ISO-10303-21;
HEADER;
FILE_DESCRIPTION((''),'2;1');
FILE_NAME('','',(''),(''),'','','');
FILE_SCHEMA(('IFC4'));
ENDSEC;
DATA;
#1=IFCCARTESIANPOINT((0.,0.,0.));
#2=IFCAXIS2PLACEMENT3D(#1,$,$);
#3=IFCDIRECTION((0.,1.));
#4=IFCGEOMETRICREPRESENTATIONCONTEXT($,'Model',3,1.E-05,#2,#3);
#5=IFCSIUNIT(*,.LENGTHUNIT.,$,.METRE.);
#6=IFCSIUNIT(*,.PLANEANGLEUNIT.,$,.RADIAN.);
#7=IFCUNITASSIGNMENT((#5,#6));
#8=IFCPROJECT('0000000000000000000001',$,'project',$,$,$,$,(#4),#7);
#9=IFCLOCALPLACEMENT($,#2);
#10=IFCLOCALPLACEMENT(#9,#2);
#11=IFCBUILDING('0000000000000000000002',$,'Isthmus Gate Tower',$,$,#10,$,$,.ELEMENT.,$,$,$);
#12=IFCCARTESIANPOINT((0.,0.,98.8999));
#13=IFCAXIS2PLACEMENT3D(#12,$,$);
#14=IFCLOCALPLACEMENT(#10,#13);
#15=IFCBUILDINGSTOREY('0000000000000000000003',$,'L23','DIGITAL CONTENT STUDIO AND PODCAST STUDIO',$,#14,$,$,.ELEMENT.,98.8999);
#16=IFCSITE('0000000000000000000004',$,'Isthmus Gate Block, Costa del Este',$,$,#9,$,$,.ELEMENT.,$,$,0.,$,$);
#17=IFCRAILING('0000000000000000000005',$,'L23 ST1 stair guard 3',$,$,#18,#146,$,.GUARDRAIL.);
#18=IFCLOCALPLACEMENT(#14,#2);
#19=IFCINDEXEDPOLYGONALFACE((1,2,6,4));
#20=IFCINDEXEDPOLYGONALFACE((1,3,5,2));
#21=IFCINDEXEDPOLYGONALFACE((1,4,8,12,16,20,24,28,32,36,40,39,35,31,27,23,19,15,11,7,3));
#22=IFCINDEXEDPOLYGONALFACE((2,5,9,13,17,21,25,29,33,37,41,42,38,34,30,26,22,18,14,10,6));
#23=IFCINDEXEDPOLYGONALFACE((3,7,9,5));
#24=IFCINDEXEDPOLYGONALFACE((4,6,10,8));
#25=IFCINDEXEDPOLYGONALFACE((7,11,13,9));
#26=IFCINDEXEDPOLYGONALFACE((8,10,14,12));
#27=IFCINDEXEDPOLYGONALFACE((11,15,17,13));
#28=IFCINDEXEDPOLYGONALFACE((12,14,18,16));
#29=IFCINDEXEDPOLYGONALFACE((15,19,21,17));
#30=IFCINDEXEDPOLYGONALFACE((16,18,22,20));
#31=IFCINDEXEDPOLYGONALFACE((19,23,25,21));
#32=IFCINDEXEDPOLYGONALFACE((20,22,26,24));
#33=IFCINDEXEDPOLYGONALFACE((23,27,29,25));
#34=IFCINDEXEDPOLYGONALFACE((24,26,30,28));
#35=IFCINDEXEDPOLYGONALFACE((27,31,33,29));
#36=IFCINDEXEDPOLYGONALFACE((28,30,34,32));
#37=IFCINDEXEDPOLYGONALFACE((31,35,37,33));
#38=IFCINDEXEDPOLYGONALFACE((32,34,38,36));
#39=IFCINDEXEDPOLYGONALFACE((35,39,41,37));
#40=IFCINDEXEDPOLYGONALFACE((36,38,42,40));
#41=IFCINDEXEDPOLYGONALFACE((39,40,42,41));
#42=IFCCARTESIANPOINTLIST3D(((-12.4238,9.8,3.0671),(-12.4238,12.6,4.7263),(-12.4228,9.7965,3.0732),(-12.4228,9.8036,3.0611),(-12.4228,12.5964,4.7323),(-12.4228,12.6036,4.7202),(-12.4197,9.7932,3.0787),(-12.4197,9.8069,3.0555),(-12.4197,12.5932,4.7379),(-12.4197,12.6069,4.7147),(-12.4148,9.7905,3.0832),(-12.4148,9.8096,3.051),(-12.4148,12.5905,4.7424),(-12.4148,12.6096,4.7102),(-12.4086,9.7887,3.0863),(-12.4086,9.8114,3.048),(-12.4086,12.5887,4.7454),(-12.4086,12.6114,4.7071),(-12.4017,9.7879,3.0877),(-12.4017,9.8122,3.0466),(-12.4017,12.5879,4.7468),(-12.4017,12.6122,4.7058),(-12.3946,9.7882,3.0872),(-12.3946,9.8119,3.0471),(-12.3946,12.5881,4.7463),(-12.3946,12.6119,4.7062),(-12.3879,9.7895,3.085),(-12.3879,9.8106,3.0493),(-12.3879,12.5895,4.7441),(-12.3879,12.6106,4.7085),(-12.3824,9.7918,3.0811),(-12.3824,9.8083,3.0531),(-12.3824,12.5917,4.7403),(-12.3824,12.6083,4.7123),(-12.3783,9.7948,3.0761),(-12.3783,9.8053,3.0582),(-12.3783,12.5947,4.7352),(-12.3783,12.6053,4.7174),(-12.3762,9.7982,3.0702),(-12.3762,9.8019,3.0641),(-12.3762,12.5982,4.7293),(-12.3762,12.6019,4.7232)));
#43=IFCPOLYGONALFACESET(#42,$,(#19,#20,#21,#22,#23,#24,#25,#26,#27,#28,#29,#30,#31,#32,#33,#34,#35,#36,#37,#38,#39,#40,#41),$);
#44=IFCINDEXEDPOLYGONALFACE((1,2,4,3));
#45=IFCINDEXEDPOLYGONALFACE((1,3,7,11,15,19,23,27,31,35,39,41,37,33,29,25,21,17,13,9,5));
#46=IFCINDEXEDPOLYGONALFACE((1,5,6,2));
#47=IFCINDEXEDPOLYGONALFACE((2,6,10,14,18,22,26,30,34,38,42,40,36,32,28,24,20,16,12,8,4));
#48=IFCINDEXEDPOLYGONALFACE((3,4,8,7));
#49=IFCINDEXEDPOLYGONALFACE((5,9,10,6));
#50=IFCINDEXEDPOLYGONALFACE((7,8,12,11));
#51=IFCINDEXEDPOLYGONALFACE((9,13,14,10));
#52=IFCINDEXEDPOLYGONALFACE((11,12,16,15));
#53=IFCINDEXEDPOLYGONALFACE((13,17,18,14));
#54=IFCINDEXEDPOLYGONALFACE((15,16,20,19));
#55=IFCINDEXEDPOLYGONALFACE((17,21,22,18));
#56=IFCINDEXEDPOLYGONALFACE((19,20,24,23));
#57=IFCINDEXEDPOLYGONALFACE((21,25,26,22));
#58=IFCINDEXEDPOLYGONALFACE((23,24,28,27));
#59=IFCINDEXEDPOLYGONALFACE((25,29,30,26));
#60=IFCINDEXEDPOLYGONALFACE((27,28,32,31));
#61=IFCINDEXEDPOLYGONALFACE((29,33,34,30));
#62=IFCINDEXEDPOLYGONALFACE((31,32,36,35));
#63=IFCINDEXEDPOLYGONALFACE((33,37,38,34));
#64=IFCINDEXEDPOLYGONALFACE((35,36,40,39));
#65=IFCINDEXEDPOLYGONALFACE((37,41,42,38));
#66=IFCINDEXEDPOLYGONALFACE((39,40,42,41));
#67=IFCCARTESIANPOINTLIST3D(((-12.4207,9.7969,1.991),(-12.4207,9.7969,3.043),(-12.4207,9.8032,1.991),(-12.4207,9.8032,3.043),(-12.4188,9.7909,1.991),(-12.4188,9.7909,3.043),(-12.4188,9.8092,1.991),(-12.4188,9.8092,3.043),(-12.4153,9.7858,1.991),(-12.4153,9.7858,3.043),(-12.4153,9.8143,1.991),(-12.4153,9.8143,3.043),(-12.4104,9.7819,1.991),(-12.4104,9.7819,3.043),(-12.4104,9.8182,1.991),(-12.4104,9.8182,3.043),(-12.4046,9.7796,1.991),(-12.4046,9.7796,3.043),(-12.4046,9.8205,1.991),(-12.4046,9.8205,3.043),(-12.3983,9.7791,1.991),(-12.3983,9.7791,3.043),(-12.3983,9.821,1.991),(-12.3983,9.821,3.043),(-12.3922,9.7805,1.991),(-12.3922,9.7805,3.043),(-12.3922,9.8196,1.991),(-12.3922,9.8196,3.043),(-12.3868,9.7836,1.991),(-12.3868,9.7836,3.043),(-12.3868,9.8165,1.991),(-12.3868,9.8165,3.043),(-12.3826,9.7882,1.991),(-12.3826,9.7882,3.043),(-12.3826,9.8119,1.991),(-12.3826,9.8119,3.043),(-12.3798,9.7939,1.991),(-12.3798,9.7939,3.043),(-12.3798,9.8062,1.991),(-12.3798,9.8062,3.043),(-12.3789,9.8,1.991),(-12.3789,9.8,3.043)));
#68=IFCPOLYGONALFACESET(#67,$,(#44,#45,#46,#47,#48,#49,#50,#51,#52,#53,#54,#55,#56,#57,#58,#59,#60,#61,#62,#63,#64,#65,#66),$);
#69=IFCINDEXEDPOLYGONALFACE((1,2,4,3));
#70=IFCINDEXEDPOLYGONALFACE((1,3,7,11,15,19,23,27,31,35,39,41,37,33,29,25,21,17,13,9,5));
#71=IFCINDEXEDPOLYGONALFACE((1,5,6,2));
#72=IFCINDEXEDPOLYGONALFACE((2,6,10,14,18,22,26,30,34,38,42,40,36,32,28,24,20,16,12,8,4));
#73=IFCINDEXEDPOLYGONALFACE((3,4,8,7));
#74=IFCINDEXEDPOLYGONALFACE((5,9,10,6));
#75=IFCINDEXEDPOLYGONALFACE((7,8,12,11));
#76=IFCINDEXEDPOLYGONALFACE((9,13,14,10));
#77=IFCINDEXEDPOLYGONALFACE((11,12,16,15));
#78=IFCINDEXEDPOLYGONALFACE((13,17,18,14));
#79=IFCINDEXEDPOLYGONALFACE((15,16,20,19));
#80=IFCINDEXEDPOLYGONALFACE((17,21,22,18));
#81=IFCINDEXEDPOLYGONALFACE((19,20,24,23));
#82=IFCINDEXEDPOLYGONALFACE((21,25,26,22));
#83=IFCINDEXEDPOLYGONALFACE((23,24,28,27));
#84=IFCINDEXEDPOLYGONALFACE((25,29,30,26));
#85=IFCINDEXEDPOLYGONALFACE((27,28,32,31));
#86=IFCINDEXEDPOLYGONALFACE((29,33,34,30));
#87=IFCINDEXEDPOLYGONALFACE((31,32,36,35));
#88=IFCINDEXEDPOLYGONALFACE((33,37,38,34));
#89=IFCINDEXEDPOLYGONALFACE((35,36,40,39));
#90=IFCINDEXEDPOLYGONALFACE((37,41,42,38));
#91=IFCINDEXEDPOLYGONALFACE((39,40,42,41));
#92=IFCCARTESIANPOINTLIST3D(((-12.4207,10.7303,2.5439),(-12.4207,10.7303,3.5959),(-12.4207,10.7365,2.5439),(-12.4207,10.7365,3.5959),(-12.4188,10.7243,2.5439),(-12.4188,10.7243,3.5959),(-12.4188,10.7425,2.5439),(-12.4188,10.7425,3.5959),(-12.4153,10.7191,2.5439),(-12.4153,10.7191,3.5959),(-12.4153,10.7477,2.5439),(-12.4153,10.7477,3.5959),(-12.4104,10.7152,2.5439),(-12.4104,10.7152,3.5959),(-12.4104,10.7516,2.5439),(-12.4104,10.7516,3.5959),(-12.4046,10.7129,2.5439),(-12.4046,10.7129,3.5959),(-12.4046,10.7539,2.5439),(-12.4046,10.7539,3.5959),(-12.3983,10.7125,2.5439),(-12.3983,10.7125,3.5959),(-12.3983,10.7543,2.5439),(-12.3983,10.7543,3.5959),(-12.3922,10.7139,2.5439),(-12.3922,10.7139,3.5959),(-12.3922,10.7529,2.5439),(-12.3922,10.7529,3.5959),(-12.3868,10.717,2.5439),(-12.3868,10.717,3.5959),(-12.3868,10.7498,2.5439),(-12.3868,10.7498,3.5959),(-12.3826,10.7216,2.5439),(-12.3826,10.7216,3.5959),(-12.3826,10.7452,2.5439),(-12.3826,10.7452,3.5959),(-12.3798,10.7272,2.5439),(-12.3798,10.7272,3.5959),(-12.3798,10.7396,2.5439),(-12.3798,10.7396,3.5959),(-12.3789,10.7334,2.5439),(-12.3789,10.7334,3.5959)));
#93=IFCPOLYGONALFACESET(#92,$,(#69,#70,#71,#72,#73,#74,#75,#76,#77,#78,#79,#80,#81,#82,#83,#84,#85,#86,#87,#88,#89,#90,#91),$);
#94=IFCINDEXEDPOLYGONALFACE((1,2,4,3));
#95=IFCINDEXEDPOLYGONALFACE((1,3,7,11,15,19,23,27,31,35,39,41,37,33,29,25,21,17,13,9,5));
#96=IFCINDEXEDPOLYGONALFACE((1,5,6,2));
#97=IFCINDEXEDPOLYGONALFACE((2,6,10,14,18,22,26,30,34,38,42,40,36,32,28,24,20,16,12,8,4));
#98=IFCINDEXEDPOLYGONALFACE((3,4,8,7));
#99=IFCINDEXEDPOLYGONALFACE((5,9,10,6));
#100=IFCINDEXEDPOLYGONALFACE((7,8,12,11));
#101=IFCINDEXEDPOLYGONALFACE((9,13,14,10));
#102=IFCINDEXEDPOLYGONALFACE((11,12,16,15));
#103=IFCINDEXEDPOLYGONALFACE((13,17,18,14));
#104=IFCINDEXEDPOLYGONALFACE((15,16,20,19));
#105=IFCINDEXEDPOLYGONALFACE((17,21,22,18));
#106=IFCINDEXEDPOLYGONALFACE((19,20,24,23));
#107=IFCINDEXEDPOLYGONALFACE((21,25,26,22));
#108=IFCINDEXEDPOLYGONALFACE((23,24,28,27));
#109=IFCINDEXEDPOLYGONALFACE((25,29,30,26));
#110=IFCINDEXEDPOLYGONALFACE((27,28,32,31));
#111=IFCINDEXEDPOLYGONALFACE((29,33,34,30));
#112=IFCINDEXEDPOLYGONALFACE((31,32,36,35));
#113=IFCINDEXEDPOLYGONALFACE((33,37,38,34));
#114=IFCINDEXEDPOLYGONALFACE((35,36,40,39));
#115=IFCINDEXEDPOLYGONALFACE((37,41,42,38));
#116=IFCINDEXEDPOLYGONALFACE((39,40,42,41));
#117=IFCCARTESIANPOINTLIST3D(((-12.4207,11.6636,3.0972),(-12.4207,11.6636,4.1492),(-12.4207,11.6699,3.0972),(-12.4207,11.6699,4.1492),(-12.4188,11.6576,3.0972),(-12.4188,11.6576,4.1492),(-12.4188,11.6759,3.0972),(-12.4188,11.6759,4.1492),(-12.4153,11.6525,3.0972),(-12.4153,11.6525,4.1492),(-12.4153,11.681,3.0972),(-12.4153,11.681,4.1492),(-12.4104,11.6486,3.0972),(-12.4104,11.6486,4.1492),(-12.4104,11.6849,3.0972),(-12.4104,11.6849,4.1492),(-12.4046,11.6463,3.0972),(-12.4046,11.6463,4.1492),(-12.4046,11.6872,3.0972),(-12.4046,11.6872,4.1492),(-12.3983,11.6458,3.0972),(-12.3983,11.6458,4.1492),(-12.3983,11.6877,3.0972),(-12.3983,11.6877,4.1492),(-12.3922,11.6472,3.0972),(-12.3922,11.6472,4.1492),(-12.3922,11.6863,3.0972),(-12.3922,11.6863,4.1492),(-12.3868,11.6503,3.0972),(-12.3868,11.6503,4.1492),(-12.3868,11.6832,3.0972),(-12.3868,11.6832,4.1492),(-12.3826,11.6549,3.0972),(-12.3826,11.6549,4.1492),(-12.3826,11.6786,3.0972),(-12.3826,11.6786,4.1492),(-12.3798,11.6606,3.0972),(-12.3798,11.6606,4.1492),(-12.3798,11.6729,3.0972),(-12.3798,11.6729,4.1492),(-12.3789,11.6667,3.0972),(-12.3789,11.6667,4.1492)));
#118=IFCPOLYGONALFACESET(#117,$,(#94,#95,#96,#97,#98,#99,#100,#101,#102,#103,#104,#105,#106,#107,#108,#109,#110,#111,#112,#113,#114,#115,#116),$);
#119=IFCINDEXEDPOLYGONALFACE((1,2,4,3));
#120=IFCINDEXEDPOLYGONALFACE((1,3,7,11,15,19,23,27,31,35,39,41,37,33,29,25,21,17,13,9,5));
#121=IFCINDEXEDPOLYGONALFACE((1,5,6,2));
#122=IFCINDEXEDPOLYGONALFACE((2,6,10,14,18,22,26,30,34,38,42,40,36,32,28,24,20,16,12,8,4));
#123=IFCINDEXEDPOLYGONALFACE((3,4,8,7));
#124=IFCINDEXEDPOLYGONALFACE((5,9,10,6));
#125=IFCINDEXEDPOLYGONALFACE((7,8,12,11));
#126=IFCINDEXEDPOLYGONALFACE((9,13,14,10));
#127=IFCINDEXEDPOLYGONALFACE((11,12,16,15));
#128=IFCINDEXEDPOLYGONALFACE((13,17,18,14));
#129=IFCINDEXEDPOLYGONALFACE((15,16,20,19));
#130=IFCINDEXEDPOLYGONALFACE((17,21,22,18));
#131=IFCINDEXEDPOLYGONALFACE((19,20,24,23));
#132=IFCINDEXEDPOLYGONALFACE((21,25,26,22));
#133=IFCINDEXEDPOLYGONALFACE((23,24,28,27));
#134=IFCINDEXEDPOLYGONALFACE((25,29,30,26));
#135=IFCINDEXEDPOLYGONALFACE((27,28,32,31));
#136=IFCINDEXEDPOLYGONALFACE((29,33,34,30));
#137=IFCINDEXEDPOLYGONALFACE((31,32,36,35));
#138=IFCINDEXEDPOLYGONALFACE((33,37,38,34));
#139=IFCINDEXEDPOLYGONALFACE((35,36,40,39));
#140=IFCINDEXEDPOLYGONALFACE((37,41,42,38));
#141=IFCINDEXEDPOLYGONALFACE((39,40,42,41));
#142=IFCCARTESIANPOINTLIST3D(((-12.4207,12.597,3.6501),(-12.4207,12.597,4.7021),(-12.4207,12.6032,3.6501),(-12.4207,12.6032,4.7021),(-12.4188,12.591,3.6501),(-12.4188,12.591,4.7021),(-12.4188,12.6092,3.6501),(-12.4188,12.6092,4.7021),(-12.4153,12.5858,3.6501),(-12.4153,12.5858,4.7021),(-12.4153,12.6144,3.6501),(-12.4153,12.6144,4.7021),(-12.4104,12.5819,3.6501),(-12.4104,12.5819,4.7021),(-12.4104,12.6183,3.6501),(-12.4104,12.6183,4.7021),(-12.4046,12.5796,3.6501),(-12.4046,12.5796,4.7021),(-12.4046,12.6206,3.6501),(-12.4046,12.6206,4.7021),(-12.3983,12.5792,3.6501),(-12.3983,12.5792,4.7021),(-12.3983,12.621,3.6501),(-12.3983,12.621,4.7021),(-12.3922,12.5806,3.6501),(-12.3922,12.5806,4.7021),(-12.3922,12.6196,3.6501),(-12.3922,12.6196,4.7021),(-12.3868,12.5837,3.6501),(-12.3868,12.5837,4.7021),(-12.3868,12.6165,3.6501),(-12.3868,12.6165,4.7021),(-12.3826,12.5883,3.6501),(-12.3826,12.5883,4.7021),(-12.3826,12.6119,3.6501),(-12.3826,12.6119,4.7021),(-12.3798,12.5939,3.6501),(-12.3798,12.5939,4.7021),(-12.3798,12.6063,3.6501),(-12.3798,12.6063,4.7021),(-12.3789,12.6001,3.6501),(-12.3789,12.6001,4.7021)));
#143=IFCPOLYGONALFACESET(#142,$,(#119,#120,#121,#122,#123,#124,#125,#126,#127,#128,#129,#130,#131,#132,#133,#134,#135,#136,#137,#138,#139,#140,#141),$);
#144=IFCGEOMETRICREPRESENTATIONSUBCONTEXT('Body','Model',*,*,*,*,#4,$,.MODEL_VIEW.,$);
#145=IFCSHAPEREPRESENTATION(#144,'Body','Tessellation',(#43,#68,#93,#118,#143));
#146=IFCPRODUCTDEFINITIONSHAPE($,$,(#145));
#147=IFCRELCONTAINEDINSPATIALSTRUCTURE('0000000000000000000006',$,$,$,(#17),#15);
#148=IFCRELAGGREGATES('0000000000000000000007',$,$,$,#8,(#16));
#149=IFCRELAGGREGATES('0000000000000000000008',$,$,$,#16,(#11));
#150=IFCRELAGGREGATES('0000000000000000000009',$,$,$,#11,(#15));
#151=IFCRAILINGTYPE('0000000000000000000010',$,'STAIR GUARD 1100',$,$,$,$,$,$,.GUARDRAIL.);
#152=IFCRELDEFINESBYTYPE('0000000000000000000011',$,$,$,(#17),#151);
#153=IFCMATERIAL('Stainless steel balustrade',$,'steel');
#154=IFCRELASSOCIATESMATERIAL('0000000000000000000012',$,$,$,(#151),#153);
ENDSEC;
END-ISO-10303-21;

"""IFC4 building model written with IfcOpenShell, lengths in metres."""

from ifc_helpers import new_model, si_unit, direction, frame, origin, origin_2d, place, context, subcontext, project, spatial, circle, extrude, material, type_object, element, save


model = new_model("IFC4")

# Units and contexts
model_context = context("Model", 3, precision=1e-05, world=origin(), true_north=direction((0.0, 1.0)))
body_context = subcontext(model_context, "Body", "Model", "MODEL_VIEW")
ifc_project = project(units=[si_unit("LENGTHUNIT", "METRE"), si_unit("PLANEANGLEUNIT", "RADIAN")], contexts=[model_context])

# Site, building, storey
site_placement = place(None, origin())
site = spatial("IfcSite", under=ifc_project, at=site_placement, Name="Isthmus Gate Block, Costa del Este", CompositionType="ELEMENT", RefElevation=0.0)
building_placement = place(site_placement, origin())
building = spatial("IfcBuilding", under=site, at=building_placement, Name="Isthmus Gate Tower", CompositionType="ELEMENT")
storey_placement = place(building_placement, frame((0.0, 0.0, 98.8999)))
storey = spatial("IfcBuildingStorey", under=building, at=storey_placement, Name="L23", Description="DIGITAL CONTENT STUDIO AND PODCAST STUDIO", CompositionType="ELEMENT", Elevation=98.8999)

# Railing
ifc_material_1 = material(Name="Stainless steel balustrade", Category="steel")
railing_type_1 = type_object("IfcRailingType", Name="STAIR GUARD 1100", PredefinedType="GUARDRAIL", material=ifc_material_1)
railing_1_placement = place(storey_placement, frame((-12.3999, 9.8, 1.991)))
element("IfcRailing", 1, at=railing_1_placement, inside=storey, type_object=railing_type_1, Name="L23 ST1 stair guard 3", PredefinedType="GUARDRAIL", context=body_context, shape_type="SweptSolid", body=[
    extrude(circle(Radius=0.0239, at=origin_2d()), frame((0.0, 0.0, 1.0762), z_axis=(0.0, 0.860306, 0.509778), x_axis=(-1.0, 0.0, 0.0)), (0.0, 0.0, 1.0), 3.2546),
    extrude(circle(Radius=0.021, at=origin_2d()), origin(), (0.0, 0.0, 1.0), 1.052),
    extrude(circle(Radius=0.021, at=origin_2d()), frame((0.0, 0.9333, 0.553)), (0.0, 0.0, 1.0), 1.052),
    extrude(circle(Radius=0.021, at=origin_2d()), frame((0.0, 1.8667, 1.1062)), (0.0, 0.0, 1.0), 1.052),
    extrude(circle(Radius=0.021, at=origin_2d()), frame((0.0, 2.8, 1.6592)), (0.0, 0.0, 1.0), 1.052),
])

save(model, "model.ifc")
